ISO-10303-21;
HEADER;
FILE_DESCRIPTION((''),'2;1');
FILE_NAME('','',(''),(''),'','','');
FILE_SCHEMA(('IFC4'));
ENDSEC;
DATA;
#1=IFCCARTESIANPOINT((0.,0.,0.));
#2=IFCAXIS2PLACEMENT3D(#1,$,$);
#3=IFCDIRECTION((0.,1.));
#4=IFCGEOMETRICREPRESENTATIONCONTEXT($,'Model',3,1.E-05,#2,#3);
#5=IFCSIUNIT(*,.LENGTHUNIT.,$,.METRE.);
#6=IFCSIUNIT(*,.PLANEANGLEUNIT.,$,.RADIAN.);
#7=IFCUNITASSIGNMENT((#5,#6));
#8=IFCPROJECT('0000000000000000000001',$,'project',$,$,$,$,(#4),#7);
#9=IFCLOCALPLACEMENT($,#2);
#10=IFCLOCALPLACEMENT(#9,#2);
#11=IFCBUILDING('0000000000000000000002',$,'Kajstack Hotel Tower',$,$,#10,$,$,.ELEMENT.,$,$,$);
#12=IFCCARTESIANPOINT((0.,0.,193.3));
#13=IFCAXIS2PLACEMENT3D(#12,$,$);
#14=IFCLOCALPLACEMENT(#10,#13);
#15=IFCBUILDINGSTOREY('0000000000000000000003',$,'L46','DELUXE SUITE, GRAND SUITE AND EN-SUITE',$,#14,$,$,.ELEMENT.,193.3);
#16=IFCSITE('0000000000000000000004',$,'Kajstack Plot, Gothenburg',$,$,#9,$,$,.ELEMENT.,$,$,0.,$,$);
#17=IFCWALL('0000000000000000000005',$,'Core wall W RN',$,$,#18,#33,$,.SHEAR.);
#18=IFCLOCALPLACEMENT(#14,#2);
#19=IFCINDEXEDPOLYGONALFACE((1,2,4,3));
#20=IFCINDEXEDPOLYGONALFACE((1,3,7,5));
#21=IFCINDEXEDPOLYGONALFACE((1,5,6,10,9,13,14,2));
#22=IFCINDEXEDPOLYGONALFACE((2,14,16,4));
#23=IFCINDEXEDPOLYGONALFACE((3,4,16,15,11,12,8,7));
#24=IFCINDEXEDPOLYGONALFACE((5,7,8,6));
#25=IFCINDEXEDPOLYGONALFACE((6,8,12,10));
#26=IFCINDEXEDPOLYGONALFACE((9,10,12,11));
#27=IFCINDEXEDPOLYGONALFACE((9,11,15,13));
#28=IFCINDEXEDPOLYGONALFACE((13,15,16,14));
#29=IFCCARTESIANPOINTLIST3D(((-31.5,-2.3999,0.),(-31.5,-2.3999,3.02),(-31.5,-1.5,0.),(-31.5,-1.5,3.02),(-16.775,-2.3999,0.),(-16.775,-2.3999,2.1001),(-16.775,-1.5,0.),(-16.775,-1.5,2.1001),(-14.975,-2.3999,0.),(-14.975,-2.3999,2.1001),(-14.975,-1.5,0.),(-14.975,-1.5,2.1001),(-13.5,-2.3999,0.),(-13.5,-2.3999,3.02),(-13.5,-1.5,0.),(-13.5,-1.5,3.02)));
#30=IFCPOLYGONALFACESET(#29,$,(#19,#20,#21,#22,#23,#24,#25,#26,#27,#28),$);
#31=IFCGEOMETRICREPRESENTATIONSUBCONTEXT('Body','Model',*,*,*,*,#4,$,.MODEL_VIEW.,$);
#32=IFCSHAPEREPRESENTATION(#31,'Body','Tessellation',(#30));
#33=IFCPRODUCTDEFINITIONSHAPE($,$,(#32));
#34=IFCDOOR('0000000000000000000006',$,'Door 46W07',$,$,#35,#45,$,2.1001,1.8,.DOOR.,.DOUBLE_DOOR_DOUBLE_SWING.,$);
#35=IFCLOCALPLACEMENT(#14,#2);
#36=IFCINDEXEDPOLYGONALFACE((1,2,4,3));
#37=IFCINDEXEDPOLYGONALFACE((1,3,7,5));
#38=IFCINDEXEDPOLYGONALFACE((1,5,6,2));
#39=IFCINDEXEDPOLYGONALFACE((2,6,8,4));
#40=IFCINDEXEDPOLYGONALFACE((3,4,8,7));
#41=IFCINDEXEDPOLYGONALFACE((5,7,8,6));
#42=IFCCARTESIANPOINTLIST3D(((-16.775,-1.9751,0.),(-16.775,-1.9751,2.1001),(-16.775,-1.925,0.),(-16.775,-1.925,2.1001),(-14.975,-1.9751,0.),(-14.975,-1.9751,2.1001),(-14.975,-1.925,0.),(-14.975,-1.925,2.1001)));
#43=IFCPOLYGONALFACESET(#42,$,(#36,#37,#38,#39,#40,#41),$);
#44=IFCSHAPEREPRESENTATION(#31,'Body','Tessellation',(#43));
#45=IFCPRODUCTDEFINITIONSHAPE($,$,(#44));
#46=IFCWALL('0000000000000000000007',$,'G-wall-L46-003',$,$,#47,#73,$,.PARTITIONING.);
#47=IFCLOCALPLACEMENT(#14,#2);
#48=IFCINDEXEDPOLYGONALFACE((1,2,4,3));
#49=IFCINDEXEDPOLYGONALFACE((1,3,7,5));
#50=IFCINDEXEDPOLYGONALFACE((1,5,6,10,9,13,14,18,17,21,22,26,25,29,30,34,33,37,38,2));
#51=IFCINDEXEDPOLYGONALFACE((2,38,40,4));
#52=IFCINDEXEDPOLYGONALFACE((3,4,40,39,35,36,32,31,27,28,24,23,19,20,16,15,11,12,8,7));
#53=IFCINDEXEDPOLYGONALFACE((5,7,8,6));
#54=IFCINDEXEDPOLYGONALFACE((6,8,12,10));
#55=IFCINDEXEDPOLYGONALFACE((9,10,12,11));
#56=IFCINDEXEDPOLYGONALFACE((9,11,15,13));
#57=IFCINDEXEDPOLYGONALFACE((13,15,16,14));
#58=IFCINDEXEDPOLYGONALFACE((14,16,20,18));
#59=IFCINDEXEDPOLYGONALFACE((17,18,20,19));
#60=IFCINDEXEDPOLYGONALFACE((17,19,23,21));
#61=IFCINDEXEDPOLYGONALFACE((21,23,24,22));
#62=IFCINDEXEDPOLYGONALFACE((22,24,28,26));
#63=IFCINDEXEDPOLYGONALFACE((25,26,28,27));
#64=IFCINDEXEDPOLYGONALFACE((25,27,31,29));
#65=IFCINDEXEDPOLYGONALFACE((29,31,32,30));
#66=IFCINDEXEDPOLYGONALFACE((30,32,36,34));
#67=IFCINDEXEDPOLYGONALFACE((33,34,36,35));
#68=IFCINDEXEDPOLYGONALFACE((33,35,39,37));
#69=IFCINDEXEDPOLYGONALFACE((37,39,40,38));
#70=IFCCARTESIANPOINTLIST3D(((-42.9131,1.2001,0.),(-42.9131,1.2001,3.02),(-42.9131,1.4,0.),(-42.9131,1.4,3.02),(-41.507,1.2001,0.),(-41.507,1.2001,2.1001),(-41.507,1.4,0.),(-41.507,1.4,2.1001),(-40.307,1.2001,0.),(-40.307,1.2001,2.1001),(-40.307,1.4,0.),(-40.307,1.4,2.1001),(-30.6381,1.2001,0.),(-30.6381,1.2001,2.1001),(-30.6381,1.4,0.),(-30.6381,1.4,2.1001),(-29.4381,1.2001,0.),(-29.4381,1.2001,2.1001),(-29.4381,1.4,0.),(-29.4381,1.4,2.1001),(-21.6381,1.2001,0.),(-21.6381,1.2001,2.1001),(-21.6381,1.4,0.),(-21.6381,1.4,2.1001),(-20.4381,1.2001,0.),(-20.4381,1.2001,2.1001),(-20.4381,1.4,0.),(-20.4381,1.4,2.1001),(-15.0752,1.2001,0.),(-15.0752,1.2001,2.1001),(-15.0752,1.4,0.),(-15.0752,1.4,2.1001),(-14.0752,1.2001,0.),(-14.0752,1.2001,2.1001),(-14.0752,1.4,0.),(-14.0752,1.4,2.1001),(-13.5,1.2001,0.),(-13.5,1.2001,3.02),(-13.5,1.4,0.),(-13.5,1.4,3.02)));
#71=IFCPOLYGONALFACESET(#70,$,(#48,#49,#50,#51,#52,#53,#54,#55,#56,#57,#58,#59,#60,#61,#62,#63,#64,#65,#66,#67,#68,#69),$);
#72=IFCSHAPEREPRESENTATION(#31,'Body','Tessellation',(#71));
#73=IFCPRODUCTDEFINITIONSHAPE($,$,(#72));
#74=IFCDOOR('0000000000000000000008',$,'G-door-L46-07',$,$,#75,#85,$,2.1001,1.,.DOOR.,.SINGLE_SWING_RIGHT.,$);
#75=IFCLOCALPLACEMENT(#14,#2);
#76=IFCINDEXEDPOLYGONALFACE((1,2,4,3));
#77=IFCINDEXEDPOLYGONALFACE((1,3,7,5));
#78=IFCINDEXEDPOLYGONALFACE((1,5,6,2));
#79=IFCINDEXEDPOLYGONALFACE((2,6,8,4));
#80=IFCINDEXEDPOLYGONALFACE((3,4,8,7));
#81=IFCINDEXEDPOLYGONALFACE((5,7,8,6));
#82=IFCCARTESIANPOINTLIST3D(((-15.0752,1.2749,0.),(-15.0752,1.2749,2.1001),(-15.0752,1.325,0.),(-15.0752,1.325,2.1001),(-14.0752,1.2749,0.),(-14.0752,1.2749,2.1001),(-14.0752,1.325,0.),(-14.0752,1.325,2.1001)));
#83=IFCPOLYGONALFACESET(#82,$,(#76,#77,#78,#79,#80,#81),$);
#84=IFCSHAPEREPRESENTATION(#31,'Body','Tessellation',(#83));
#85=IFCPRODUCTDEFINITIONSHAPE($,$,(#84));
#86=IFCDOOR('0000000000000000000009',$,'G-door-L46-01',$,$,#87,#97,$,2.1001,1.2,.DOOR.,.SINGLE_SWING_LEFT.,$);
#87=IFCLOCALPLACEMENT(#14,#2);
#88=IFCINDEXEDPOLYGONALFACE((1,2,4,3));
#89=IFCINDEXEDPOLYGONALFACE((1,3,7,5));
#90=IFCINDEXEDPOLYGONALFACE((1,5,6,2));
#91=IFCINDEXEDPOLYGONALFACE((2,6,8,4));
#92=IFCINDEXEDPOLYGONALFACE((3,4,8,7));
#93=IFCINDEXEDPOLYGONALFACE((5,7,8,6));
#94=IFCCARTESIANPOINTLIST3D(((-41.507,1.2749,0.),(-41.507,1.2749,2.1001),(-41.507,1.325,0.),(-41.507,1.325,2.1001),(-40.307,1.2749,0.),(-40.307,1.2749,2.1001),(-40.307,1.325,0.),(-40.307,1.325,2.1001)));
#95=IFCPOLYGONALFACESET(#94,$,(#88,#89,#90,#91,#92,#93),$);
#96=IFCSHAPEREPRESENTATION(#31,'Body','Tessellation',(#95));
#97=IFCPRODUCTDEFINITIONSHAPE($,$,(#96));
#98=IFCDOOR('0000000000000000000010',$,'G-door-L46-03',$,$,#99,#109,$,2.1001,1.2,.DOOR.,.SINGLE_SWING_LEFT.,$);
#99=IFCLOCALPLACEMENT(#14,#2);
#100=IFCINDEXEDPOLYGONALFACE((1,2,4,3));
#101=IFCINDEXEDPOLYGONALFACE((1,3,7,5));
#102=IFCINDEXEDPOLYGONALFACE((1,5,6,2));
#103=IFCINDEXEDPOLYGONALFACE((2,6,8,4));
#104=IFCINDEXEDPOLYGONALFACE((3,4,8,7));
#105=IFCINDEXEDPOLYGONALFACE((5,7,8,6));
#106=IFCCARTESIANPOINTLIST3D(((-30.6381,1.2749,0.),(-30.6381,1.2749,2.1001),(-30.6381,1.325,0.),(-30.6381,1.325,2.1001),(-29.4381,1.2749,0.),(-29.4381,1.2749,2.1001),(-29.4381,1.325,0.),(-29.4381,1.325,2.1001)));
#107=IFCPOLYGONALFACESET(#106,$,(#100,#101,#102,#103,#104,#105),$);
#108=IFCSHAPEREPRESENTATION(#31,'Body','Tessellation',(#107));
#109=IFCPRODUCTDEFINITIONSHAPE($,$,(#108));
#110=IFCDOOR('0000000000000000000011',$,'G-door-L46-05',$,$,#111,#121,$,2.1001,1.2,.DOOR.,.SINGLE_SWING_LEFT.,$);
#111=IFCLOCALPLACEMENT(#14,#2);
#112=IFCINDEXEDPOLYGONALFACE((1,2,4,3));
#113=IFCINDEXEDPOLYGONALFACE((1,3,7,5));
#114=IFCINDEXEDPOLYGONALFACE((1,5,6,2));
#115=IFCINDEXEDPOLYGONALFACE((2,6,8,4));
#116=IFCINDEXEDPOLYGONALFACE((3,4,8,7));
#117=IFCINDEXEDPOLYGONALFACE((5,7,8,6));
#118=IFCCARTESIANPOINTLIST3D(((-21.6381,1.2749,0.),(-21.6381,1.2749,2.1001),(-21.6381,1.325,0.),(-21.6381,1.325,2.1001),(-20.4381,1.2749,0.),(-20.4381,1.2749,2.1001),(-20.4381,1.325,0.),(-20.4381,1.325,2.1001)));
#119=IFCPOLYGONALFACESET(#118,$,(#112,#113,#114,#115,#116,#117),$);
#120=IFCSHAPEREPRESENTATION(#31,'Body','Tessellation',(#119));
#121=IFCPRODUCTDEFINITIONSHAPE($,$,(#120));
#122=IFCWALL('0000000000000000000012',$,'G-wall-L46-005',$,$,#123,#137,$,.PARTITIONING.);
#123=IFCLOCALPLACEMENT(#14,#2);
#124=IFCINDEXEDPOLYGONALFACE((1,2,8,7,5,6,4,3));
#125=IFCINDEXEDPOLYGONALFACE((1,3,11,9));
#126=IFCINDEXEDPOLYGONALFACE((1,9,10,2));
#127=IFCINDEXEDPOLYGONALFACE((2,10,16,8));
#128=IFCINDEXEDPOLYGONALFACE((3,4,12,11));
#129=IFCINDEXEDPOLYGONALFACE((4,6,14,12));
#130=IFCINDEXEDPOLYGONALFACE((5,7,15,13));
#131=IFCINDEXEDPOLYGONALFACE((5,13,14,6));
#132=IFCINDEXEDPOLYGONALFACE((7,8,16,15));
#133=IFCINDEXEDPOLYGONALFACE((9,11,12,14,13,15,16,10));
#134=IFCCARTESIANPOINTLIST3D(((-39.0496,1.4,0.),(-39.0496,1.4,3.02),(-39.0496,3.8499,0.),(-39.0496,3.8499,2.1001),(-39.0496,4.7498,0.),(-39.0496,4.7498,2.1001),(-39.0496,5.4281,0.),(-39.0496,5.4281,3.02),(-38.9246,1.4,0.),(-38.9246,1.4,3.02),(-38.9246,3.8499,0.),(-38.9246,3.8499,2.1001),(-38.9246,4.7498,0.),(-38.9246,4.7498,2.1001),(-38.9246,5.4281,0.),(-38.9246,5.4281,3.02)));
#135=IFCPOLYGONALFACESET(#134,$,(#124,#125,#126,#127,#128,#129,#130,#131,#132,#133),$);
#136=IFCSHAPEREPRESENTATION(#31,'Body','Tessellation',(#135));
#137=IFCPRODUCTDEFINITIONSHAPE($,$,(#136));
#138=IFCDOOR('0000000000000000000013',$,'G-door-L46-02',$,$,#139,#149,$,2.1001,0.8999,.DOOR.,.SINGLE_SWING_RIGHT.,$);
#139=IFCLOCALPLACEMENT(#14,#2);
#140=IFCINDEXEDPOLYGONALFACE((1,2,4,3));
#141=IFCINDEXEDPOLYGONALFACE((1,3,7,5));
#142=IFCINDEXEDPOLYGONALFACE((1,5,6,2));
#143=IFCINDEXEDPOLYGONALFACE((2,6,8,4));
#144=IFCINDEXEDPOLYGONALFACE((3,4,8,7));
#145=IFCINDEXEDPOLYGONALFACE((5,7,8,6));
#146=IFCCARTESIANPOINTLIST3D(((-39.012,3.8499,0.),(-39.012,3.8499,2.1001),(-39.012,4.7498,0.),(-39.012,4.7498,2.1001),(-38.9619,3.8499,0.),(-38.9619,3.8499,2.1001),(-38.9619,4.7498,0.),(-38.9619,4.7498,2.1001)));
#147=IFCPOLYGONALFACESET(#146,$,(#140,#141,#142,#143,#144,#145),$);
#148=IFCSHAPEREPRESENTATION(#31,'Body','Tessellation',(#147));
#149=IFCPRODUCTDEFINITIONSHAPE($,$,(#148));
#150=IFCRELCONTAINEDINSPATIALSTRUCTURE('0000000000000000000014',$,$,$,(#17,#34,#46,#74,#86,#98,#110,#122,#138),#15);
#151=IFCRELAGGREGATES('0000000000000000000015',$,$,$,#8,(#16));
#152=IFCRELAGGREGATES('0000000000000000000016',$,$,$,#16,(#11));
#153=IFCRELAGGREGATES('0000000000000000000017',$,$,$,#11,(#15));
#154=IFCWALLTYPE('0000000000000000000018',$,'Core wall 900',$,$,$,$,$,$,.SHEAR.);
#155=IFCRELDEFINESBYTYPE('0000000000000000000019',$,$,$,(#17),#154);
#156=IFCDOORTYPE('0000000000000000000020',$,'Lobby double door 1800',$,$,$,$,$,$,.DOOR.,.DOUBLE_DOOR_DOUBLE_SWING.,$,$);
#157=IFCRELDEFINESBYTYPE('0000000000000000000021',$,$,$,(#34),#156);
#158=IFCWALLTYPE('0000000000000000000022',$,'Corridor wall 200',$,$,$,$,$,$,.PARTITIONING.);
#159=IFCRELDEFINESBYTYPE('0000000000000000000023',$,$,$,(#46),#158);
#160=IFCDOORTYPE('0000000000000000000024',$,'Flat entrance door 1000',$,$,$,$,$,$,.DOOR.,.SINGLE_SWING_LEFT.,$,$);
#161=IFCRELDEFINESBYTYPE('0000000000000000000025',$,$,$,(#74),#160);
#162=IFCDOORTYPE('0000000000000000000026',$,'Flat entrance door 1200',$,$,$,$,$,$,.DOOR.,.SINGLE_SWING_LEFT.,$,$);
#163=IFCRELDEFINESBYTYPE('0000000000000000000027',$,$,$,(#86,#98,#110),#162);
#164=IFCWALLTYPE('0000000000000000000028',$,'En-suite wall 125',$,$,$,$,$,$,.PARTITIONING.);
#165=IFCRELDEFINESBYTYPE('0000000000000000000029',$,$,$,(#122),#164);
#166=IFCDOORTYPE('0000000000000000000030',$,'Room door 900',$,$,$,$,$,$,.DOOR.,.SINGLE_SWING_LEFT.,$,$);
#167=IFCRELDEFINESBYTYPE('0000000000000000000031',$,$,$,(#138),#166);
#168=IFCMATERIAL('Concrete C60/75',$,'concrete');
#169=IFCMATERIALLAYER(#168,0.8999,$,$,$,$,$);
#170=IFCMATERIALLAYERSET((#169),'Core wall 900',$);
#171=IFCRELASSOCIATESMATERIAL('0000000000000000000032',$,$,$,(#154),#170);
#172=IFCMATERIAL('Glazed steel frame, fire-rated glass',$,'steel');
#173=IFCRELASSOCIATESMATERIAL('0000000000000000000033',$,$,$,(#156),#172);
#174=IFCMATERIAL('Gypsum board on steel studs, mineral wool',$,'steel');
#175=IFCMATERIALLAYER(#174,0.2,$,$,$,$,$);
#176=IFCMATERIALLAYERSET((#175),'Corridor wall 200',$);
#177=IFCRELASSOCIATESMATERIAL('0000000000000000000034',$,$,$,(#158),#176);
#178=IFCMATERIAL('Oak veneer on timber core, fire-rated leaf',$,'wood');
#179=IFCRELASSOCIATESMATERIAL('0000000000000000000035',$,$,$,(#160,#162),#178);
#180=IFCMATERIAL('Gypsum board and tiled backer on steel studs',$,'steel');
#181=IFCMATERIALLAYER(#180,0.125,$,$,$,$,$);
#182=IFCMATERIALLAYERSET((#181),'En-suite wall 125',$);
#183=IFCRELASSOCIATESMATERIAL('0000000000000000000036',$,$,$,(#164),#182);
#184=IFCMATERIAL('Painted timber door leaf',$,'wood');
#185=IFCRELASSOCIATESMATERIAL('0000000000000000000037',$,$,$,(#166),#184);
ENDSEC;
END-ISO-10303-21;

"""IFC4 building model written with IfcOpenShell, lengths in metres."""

from ifc_helpers import new_model, si_unit, direction, frame, frame_2d, origin, place, context, subcontext, project, spatial, rectangle, extrude, material, layer, layer_set, type_object, element, fill, save


model = new_model("IFC4")

# Units and contexts
model_context = context("Model", 3, precision=1e-05, world=origin(), true_north=direction((0.0, 1.0)))
body_context = subcontext(model_context, "Body", "Model", "MODEL_VIEW")
ifc_project = project(units=[si_unit("LENGTHUNIT", "METRE"), si_unit("PLANEANGLEUNIT", "RADIAN")], contexts=[model_context])

# Site, building, storey
site_placement = place(None, origin())
site = spatial("IfcSite", under=ifc_project, at=site_placement, Name="Kajstack Plot, Gothenburg", CompositionType="ELEMENT", RefElevation=0.0)
building_placement = place(site_placement, origin())
building = spatial("IfcBuilding", under=site, at=building_placement, Name="Kajstack Hotel Tower", CompositionType="ELEMENT")
storey_placement = place(building_placement, frame((0.0, 0.0, 193.3)))
storey = spatial("IfcBuildingStorey", under=building, at=storey_placement, Name="L46", Description="DELUXE SUITE, GRAND SUITE AND EN-SUITE", CompositionType="ELEMENT", Elevation=193.3)

# Wall, opening, door
ifc_material_1 = material(Name="Concrete C60/75", Category="concrete")
ifc_layer_1 = layer(ifc_material_1, 0.8999)
ifc_layer_set_1 = layer_set([ifc_layer_1], Name="Core wall 900")
wall_type_1 = type_object("IfcWallType", Name="Core wall 900", PredefinedType="SHEAR", material=ifc_layer_set_1)
wall_1_placement = place(storey_placement, frame((-31.5, -1.95, 0.0), z_axis=(0.0, 0.0, 1.0), x_axis=(1.0, 0.0, 0.0)))
wall_1 = element("IfcWall", 1, at=wall_1_placement, inside=storey, type_object=wall_type_1, Name="Core wall W RN", PredefinedType="SHEAR", context=body_context, shape_type="SweptSolid", body=[
    extrude(rectangle(XDim=18.0, YDim=0.8999, at=frame_2d((9.0, 0.0))), origin(), (0.0, 0.0, 1.0), 3.02),
])
opening_1_placement = place(wall_1_placement, frame((14.7251, 0.0, 0.0)))
opening_1 = element("IfcOpeningElement", 2, at=opening_1_placement, cuts=wall_1, PredefinedType="OPENING", context=body_context, shape_type="SweptSolid", body=[
    extrude(rectangle(XDim=1.8, YDim=2.1001, at=frame_2d((0.8999, 1.05))), frame((0.0, 0.46, 0.0), z_axis=(0.0, -1.0, 0.0), x_axis=(1.0, 0.0, 0.0)), (0.0, 0.0, 1.0), 0.9199),
])
ifc_material_2 = material(Name="Glazed steel frame, fire-rated glass", Category="steel")
door_type_1 = type_object("IfcDoorType", Name="Lobby double door 1800", OperationType="DOUBLE_DOOR_DOUBLE_SWING", PredefinedType="DOOR", material=ifc_material_2)
door_1_placement = place(opening_1_placement, origin())
door_1 = element("IfcDoor", 3, at=door_1_placement, inside=storey, type_object=door_type_1, Name="Door 46W07", OperationType="DOUBLE_DOOR_DOUBLE_SWING", OverallHeight=2.1001, OverallWidth=1.8, PredefinedType="DOOR", context=body_context, shape_type="SweptSolid", body=[
    extrude(rectangle(XDim=1.8, YDim=2.1001, at=frame_2d((0.8999, 1.05))), frame((0.0, 0.0249, 0.0), z_axis=(0.0, -1.0, 0.0), x_axis=(1.0, 0.0, 0.0)), (0.0, 0.0, 1.0), 0.05),
])
fill(opening_1, door_1)

# Wall, openings, doors
ifc_material_3 = material(Name="Gypsum board on steel studs, mineral wool", Category="steel")
ifc_layer_2 = layer(ifc_material_3, 0.2)
ifc_layer_set_2 = layer_set([ifc_layer_2], Name="Corridor wall 200")
wall_type_2 = type_object("IfcWallType", Name="Corridor wall 200", PredefinedType="PARTITIONING", material=ifc_layer_set_2)
wall_2_placement = place(storey_placement, frame((-42.9131, 1.3, 0.0), z_axis=(0.0, 0.0, 1.0), x_axis=(1.0, 0.0, 0.0)))
wall_2 = element("IfcWall", 4, at=wall_2_placement, inside=storey, type_object=wall_type_2, Name="G-wall-L46-003", PredefinedType="PARTITIONING", context=body_context, shape_type="SweptSolid", body=[
    extrude(rectangle(XDim=29.4131, YDim=0.2, at=frame_2d((14.7065, 0.0))), origin(), (0.0, 0.0, 1.0), 3.02),
])
opening_2_placement = place(wall_2_placement, frame((1.406, 0.0, 0.0)))
opening_2 = element("IfcOpeningElement", 5, at=opening_2_placement, cuts=wall_2, PredefinedType="OPENING", context=body_context, shape_type="SweptSolid", body=[
    extrude(rectangle(XDim=1.2, YDim=2.1001, at=frame_2d((0.6001, 1.05))), frame((0.0, 0.1099, 0.0), z_axis=(0.0, -1.0, 0.0), x_axis=(1.0, 0.0, 0.0)), (0.0, 0.0, 1.0), 0.22),
])
opening_3_placement = place(wall_2_placement, frame((12.2749, 0.0, 0.0)))
opening_3 = element("IfcOpeningElement", 6, at=opening_3_placement, cuts=wall_2, PredefinedType="OPENING", context=body_context, shape_type="SweptSolid", body=[
    extrude(rectangle(XDim=1.2, YDim=2.1001, at=frame_2d((0.6001, 1.05))), frame((0.0, 0.1099, 0.0), z_axis=(0.0, -1.0, 0.0), x_axis=(1.0, 0.0, 0.0)), (0.0, 0.0, 1.0), 0.22),
])
opening_4_placement = place(wall_2_placement, frame((21.2749, 0.0, 0.0)))
opening_4 = element("IfcOpeningElement", 7, at=opening_4_placement, cuts=wall_2, PredefinedType="OPENING", context=body_context, shape_type="SweptSolid", body=[
    extrude(rectangle(XDim=1.2, YDim=2.1001, at=frame_2d((0.6001, 1.05))), frame((0.0, 0.1099, 0.0), z_axis=(0.0, -1.0, 0.0), x_axis=(1.0, 0.0, 0.0)), (0.0, 0.0, 1.0), 0.22),
])
opening_5_placement = place(wall_2_placement, frame((27.8379, 0.0, 0.0)))
opening_5 = element("IfcOpeningElement", 8, at=opening_5_placement, cuts=wall_2, PredefinedType="OPENING", context=body_context, shape_type="SweptSolid", body=[
    extrude(rectangle(XDim=1.0, YDim=2.1001, at=frame_2d((0.5, 1.05))), frame((0.0, 0.1099, 0.0), z_axis=(0.0, -1.0, 0.0), x_axis=(1.0, 0.0, 0.0)), (0.0, 0.0, 1.0), 0.22),
])
ifc_material_4 = material(Name="Oak veneer on timber core, fire-rated leaf", Category="wood")
door_type_2 = type_object("IfcDoorType", Name="Flat entrance door 1000", OperationType="SINGLE_SWING_LEFT", PredefinedType="DOOR", material=ifc_material_4)
door_2_placement = place(opening_5_placement, origin())
door_2 = element("IfcDoor", 9, at=door_2_placement, inside=storey, type_object=door_type_2, Name="G-door-L46-07", OperationType="SINGLE_SWING_RIGHT", OverallHeight=2.1001, OverallWidth=1.0, PredefinedType="DOOR", context=body_context, shape_type="SweptSolid", body=[
    extrude(rectangle(XDim=1.0, YDim=2.1001, at=frame_2d((0.5, 1.05))), frame((0.0, 0.0249, 0.0), z_axis=(0.0, -1.0, 0.0), x_axis=(1.0, 0.0, 0.0)), (0.0, 0.0, 1.0), 0.05),
])
fill(opening_5, door_2)
door_type_3 = type_object("IfcDoorType", Name="Flat entrance door 1200", OperationType="SINGLE_SWING_LEFT", PredefinedType="DOOR", material=ifc_material_4)
door_3_placement = place(opening_2_placement, origin())
door_3 = element("IfcDoor", 10, at=door_3_placement, inside=storey, type_object=door_type_3, Name="G-door-L46-01", OperationType="SINGLE_SWING_LEFT", OverallHeight=2.1001, OverallWidth=1.2, PredefinedType="DOOR", context=body_context, shape_type="SweptSolid", body=[
    extrude(rectangle(XDim=1.2, YDim=2.1001, at=frame_2d((0.6001, 1.05))), frame((0.0, 0.0249, 0.0), z_axis=(0.0, -1.0, 0.0), x_axis=(1.0, 0.0, 0.0)), (0.0, 0.0, 1.0), 0.05),
])
fill(opening_2, door_3)
door_4_placement = place(opening_3_placement, origin())
door_4 = element("IfcDoor", 11, at=door_4_placement, inside=storey, type_object=door_type_3, Name="G-door-L46-03", OperationType="SINGLE_SWING_LEFT", OverallHeight=2.1001, OverallWidth=1.2, PredefinedType="DOOR", context=body_context, shape_type="SweptSolid", body=[
    extrude(rectangle(XDim=1.2, YDim=2.1001, at=frame_2d((0.6001, 1.05))), frame((0.0, 0.0249, 0.0), z_axis=(0.0, -1.0, 0.0), x_axis=(1.0, 0.0, 0.0)), (0.0, 0.0, 1.0), 0.05),
])
fill(opening_3, door_4)
door_5_placement = place(opening_4_placement, origin())
door_5 = element("IfcDoor", 12, at=door_5_placement, inside=storey, type_object=door_type_3, Name="G-door-L46-05", OperationType="SINGLE_SWING_LEFT", OverallHeight=2.1001, OverallWidth=1.2, PredefinedType="DOOR", context=body_context, shape_type="SweptSolid", body=[
    extrude(rectangle(XDim=1.2, YDim=2.1001, at=frame_2d((0.6001, 1.05))), frame((0.0, 0.0249, 0.0), z_axis=(0.0, -1.0, 0.0), x_axis=(1.0, 0.0, 0.0)), (0.0, 0.0, 1.0), 0.05),
])
fill(opening_4, door_5)

# Wall, opening, door
ifc_material_5 = material(Name="Gypsum board and tiled backer on steel studs", Category="steel")
ifc_layer_3 = layer(ifc_material_5, 0.125)
ifc_layer_set_3 = layer_set([ifc_layer_3], Name="En-suite wall 125")
wall_type_3 = type_object("IfcWallType", Name="En-suite wall 125", PredefinedType="PARTITIONING", material=ifc_layer_set_3)
wall_3_placement = place(storey_placement, frame((-38.9871, 1.3999, 0.0), z_axis=(0.0, 0.0, 1.0), x_axis=(0.0, 1.0, 0.0)))
wall_3 = element("IfcWall", 13, at=wall_3_placement, inside=storey, type_object=wall_type_3, Name="G-wall-L46-005", PredefinedType="PARTITIONING", context=body_context, shape_type="SweptSolid", body=[
    extrude(rectangle(XDim=4.0281, YDim=0.125, at=frame_2d((2.0142, 0.0))), origin(), (0.0, 0.0, 1.0), 3.02),
])
opening_6_placement = place(wall_3_placement, frame((2.45, 0.0, 0.0)))
opening_6 = element("IfcOpeningElement", 14, at=opening_6_placement, cuts=wall_3, PredefinedType="OPENING", context=body_context, shape_type="SweptSolid", body=[
    extrude(rectangle(XDim=0.8999, YDim=2.1001, at=frame_2d((0.45, 1.05))), frame((0.0, 0.0725, 0.0), z_axis=(0.0, -1.0, 0.0), x_axis=(1.0, 0.0, 0.0)), (0.0, 0.0, 1.0), 0.145),
])
ifc_material_6 = material(Name="Painted timber door leaf", Category="wood")
door_type_4 = type_object("IfcDoorType", Name="Room door 900", OperationType="SINGLE_SWING_LEFT", PredefinedType="DOOR", material=ifc_material_6)
door_6_placement = place(opening_6_placement, origin())
door_6 = element("IfcDoor", 15, at=door_6_placement, inside=storey, type_object=door_type_4, Name="G-door-L46-02", OperationType="SINGLE_SWING_RIGHT", OverallHeight=2.1001, OverallWidth=0.8999, PredefinedType="DOOR", context=body_context, shape_type="SweptSolid", body=[
    extrude(rectangle(XDim=0.8999, YDim=2.1001, at=frame_2d((0.45, 1.05))), frame((0.0, 0.0249, 0.0), z_axis=(0.0, -1.0, 0.0), x_axis=(1.0, 0.0, 0.0)), (0.0, 0.0, 1.0), 0.05),
])
fill(opening_6, door_6)

save(model, "model.ifc")
